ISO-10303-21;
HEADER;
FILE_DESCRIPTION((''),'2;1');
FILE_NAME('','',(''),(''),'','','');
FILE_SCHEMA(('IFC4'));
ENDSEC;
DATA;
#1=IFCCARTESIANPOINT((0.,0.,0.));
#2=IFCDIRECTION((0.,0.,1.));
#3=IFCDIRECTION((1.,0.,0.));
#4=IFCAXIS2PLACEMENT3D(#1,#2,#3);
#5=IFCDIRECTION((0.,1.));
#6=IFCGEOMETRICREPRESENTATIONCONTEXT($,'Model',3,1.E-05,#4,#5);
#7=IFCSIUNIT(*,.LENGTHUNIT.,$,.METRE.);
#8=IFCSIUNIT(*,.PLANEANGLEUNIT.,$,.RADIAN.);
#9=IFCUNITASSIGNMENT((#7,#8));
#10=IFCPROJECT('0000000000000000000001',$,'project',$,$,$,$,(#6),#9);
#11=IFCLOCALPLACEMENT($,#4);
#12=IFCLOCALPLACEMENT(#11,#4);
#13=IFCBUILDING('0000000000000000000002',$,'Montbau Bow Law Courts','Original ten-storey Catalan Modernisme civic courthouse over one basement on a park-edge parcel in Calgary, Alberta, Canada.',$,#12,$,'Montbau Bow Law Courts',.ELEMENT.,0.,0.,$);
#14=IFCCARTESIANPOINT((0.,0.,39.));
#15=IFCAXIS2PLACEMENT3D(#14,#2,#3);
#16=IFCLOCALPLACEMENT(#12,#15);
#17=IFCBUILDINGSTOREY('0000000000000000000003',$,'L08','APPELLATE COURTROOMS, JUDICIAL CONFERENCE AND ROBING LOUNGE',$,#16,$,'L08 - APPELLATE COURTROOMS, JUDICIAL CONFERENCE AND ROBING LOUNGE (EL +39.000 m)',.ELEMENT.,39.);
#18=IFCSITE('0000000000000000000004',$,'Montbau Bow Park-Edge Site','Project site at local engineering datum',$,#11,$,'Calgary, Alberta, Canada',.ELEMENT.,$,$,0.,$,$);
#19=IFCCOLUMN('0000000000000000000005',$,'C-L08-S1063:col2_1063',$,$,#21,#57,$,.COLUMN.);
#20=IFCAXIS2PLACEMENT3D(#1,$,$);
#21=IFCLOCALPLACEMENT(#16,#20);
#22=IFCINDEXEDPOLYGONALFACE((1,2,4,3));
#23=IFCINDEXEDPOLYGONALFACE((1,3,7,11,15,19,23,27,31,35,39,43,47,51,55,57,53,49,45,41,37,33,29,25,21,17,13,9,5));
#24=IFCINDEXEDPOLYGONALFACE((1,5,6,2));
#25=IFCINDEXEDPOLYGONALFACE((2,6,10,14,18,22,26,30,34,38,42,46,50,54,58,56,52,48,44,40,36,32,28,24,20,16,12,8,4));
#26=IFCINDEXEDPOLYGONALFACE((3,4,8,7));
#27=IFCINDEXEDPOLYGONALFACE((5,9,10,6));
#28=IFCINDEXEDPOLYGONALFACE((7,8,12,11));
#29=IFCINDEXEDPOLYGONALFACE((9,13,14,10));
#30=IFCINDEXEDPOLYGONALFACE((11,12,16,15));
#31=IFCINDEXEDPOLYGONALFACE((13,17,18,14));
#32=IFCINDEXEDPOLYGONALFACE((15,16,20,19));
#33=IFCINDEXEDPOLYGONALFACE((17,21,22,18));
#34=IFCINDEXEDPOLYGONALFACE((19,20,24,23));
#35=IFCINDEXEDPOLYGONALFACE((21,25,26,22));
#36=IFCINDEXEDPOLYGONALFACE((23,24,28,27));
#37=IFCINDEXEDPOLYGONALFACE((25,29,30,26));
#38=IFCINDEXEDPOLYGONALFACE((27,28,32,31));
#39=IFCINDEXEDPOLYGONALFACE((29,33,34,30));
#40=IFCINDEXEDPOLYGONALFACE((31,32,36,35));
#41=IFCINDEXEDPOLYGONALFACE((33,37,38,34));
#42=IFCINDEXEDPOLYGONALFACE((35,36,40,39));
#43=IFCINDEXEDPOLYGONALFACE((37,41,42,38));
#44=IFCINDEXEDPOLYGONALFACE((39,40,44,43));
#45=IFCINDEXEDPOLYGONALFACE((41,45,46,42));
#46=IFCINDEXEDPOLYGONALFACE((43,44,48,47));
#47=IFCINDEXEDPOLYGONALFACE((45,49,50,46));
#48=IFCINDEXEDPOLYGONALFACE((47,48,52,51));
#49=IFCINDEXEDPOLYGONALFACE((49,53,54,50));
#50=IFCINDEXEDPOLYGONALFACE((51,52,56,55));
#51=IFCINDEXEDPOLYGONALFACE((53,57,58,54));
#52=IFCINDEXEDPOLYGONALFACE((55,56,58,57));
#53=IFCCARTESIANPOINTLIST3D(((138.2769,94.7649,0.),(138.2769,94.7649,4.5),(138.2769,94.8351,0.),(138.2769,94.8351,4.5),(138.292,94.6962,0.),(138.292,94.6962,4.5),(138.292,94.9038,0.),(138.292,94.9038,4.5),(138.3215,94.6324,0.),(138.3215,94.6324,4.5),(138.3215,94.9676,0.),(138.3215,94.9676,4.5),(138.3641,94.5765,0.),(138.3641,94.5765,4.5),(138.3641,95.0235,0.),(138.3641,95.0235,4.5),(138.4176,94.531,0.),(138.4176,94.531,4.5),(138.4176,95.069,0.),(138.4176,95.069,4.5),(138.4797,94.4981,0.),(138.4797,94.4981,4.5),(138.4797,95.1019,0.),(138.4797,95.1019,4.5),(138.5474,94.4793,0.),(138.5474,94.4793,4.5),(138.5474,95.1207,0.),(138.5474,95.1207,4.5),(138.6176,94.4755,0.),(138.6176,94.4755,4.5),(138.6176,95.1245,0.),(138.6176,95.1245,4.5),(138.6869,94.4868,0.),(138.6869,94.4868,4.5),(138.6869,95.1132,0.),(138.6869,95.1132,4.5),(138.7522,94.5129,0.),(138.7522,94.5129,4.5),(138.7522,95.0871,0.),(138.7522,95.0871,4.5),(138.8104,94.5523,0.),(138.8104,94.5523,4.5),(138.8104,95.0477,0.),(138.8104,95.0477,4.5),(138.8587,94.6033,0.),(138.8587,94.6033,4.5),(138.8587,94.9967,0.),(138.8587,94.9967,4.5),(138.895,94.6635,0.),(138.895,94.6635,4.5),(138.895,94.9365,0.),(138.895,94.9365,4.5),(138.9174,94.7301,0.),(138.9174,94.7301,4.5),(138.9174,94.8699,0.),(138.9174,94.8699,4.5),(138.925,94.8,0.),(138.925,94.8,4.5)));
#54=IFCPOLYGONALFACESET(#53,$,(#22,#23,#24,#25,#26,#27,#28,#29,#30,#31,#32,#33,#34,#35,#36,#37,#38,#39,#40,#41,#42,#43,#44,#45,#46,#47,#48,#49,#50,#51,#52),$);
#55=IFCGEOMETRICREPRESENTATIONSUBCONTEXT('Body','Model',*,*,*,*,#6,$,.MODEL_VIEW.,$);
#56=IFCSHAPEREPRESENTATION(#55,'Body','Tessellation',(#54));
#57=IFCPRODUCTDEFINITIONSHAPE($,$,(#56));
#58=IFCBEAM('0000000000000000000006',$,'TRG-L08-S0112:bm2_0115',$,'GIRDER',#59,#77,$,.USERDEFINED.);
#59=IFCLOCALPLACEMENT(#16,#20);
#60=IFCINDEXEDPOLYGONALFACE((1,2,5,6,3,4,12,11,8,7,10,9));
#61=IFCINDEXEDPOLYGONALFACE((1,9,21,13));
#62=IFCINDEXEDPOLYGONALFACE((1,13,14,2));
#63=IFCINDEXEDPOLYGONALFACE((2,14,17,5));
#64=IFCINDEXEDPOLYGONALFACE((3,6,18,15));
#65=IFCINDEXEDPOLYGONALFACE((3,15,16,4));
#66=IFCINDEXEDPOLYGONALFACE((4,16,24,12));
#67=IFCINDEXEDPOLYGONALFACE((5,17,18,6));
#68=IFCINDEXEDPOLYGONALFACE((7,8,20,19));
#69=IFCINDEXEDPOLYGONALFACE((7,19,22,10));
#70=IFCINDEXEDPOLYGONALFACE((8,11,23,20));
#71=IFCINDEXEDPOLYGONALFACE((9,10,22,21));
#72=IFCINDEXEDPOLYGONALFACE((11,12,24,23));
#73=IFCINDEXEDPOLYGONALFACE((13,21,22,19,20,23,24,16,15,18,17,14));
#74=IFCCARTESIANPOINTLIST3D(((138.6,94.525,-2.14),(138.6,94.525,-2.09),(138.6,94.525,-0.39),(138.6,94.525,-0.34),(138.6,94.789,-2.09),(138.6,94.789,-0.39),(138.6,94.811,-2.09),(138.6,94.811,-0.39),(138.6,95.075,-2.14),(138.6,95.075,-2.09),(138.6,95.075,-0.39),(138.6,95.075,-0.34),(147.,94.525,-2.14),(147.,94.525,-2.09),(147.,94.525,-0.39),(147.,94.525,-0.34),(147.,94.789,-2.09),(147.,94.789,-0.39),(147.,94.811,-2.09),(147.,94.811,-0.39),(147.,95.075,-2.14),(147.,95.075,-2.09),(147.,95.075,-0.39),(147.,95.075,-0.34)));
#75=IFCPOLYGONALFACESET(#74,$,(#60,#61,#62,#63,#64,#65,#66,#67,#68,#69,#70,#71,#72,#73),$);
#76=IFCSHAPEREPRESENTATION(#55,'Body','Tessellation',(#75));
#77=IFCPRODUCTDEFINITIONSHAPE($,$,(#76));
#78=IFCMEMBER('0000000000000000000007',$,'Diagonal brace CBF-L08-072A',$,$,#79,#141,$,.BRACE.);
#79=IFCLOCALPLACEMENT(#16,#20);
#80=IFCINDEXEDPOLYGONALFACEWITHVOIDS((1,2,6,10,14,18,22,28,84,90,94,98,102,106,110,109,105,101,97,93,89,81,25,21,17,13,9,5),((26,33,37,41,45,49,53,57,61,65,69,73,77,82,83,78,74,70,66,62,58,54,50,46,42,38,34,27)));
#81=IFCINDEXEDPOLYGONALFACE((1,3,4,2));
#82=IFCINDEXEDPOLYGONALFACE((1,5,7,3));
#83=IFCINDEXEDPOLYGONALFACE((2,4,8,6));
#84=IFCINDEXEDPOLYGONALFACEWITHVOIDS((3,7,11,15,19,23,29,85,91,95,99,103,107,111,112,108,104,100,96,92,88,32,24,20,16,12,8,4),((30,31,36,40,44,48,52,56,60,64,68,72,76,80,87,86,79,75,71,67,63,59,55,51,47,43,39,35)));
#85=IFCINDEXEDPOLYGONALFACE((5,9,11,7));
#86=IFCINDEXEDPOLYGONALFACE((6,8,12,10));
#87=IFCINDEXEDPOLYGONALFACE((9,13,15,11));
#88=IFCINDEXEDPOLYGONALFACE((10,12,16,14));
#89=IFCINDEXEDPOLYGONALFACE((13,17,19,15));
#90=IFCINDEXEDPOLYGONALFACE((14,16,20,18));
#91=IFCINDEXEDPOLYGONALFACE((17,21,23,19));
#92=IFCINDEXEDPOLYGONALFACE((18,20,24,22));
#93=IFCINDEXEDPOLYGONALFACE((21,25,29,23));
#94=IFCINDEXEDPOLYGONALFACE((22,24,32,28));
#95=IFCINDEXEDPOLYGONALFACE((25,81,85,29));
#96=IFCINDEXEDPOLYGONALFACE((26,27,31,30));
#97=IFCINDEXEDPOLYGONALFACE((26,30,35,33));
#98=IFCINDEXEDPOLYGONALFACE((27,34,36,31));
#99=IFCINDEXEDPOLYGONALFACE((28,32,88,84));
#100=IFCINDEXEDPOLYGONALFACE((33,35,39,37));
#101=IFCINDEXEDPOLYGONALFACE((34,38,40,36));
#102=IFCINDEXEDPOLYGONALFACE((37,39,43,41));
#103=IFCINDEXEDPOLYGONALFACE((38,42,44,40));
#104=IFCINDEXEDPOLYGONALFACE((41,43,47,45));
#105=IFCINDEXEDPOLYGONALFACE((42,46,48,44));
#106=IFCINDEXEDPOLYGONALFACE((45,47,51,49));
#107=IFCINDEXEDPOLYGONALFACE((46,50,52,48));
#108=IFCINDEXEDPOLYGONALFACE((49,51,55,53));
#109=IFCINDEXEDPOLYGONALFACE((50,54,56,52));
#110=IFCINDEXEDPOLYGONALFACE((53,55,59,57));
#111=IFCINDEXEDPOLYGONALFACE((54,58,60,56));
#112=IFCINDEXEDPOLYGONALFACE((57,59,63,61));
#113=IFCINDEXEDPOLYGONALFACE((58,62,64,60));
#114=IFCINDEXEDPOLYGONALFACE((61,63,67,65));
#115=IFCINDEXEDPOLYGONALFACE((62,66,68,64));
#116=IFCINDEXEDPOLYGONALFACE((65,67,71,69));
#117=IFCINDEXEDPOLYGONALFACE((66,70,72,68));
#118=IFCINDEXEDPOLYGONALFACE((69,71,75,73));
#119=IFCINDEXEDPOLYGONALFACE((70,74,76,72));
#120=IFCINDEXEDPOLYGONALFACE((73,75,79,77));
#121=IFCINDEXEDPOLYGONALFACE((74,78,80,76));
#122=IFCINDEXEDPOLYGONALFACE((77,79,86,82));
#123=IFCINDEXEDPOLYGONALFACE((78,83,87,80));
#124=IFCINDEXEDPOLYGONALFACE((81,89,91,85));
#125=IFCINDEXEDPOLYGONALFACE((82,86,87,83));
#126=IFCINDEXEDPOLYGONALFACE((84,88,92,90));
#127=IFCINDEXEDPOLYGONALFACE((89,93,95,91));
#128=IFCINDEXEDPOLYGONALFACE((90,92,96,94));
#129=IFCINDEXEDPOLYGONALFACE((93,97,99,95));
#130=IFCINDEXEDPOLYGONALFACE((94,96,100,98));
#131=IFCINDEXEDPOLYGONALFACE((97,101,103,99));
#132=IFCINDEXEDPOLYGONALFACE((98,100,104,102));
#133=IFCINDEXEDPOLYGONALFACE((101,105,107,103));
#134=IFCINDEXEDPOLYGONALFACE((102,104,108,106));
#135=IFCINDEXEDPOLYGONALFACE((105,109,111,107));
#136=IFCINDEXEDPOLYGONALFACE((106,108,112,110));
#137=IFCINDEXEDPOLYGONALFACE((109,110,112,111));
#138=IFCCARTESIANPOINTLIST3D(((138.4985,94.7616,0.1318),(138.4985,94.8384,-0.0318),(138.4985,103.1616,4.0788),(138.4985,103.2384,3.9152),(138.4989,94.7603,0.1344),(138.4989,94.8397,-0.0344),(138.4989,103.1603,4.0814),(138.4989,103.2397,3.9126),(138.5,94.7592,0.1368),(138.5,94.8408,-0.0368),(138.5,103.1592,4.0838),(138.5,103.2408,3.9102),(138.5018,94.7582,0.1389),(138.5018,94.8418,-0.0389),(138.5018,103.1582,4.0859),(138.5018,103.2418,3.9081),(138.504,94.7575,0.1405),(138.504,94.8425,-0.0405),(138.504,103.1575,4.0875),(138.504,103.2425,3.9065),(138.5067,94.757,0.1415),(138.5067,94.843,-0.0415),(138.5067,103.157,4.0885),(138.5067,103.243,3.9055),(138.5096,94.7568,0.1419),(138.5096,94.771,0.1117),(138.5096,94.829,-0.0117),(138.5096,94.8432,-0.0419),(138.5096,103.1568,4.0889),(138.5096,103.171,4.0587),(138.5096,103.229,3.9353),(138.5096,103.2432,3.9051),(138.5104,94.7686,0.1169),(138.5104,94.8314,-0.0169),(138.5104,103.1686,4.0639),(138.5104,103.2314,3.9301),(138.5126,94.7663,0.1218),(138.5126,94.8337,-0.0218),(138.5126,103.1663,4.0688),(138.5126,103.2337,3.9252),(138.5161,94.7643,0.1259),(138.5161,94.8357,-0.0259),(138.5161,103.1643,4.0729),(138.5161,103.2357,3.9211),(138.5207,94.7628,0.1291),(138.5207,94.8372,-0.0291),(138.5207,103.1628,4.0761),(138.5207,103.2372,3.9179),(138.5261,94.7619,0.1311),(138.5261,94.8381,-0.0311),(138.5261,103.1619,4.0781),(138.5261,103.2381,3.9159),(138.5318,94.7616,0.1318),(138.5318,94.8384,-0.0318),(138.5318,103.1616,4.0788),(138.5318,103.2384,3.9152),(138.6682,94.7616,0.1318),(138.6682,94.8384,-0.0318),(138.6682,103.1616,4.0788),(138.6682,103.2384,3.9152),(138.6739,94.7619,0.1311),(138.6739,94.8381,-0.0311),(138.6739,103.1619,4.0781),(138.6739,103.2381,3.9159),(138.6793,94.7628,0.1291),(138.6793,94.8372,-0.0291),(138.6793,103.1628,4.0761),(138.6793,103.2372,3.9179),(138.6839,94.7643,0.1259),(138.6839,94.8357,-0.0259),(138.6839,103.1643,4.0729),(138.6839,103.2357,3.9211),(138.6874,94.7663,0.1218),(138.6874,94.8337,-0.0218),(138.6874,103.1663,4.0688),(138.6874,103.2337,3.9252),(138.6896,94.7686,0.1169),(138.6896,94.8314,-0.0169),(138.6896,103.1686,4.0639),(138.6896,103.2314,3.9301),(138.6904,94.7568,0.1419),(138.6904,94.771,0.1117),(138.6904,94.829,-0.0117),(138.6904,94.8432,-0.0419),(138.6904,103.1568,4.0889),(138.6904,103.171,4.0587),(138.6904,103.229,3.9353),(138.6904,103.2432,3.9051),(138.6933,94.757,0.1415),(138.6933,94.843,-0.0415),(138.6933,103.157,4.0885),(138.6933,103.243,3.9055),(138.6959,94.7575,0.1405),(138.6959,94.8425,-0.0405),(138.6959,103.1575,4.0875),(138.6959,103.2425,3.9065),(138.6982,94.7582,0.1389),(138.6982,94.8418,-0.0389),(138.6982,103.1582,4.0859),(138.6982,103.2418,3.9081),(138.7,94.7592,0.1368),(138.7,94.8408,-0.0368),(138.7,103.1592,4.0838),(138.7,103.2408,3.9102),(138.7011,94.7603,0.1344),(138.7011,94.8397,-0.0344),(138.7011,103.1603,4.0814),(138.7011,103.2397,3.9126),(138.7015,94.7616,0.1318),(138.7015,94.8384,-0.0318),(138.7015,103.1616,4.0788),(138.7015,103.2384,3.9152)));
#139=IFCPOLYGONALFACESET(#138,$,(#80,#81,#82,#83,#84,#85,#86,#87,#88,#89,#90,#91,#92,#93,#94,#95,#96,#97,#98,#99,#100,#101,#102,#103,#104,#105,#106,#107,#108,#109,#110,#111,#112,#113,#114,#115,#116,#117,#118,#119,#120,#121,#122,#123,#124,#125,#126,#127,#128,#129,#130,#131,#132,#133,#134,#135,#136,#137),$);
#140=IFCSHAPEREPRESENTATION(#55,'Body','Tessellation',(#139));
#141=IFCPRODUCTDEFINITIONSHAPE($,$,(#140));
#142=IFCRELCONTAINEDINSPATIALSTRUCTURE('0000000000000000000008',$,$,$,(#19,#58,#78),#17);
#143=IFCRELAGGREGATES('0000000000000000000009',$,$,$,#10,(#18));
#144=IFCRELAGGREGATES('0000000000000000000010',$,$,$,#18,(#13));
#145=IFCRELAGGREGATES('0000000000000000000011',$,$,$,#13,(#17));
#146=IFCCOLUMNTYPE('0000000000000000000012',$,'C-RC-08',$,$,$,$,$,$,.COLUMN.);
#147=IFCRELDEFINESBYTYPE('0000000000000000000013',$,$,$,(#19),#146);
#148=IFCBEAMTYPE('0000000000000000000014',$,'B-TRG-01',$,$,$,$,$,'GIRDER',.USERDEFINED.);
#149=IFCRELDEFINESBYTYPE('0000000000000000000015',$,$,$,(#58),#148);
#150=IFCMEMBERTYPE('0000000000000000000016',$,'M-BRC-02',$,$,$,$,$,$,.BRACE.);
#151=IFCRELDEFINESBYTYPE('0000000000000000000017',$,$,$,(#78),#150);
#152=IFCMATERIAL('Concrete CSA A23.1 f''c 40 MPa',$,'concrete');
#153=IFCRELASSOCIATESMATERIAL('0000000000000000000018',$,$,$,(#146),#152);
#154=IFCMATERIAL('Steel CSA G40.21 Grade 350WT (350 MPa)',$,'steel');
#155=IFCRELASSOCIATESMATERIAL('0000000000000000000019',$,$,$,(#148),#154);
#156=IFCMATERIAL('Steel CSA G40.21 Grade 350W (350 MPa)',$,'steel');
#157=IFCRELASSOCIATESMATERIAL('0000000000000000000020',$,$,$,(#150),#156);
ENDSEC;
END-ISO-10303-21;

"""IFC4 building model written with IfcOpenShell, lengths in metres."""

from ifc_helpers import new_model, si_unit, direction, frame, origin_with_axes, origin_2d_with_axis, place, context, subcontext, project, spatial, hollow_rectangle, circle, i_section, extrude, material, material_profile, profile_set, type_object, element, save


model = new_model("IFC4")

# Units and contexts
model_context = context("Model", 3, precision=1e-05, world=origin_with_axes(), true_north=direction((0.0, 1.0)))
body_context = subcontext(model_context, "Body", "Model", "MODEL_VIEW")
ifc_project = project(units=[si_unit("LENGTHUNIT", "METRE"), si_unit("PLANEANGLEUNIT", "RADIAN")], contexts=[model_context])

# Site, building, storey
site_placement = place(None, origin_with_axes())
site = spatial("IfcSite", under=ifc_project, at=site_placement, Name="Montbau Bow Park-Edge Site", Description="Project site at local engineering datum", LongName="Calgary, Alberta, Canada", CompositionType="ELEMENT", RefElevation=0.0)
building_placement = place(site_placement, origin_with_axes())
building = spatial("IfcBuilding", under=site, at=building_placement, Name="Montbau Bow Law Courts", Description="Original ten-storey Catalan Modernisme civic courthouse over one basement on a park-edge parcel in Calgary, Alberta, Canada.", LongName="Montbau Bow Law Courts", CompositionType="ELEMENT", ElevationOfRefHeight=0.0, ElevationOfTerrain=0.0)
storey_placement = place(building_placement, frame((0.0, 0.0, 39.0), z_axis=(0.0, 0.0, 1.0), x_axis=(1.0, 0.0, 0.0)))
storey = spatial("IfcBuildingStorey", under=building, at=storey_placement, Name="L08", Description="APPELLATE COURTROOMS, JUDICIAL CONFERENCE AND ROBING LOUNGE", LongName="L08 - APPELLATE COURTROOMS, JUDICIAL CONFERENCE AND ROBING LOUNGE (EL +39.000 m)", CompositionType="ELEMENT", Elevation=39.0)

# Column
ifc_material_1 = material(Name="Concrete CSA A23.1 f'c 40 MPa", Category="concrete")
ifc_material_profile_1 = material_profile(ifc_material_1, circle(Radius=0.325, at=origin_2d_with_axis()), Name="RC650D", Category="Main", Priority=0)
ifc_profile_set_1 = profile_set([ifc_material_profile_1], Name="Concrete CSA A23.1 f'c 40 MPa")
column_type = type_object("IfcColumnType", Name="C-RC-08", PredefinedType="COLUMN", material=ifc_profile_set_1)
column_placement = place(None, frame((138.6, 94.8, 39.0), z_axis=(0.0, 0.0, 1.0), x_axis=(1.0, 0.0, 0.0)))
element("IfcColumn", 1, at=column_placement, inside=storey, type_object=column_type, Name="C-L08-S1063:col2_1063", PredefinedType="COLUMN", context=body_context, shape_type="SweptSolid", body=[
    extrude(circle(Radius=0.325, at=origin_2d_with_axis()), origin_with_axes(), (0.0, 0.0, 1.0), 4.5),
])

# Beam
ifc_material_2 = material(Name="Steel CSA G40.21 Grade 350WT (350 MPa)", Category="steel")
ifc_material_profile_2 = material_profile(ifc_material_2, i_section(OverallWidth=0.55, OverallDepth=1.8, WebThickness=0.022, FlangeThickness=0.05, at=origin_2d_with_axis()), Name="WWF1800X550", Category="Main", Priority=0)
ifc_profile_set_2 = profile_set([ifc_material_profile_2], Name="Steel CSA G40.21 Grade 350WT (350 MPa)")
beam_type = type_object("IfcBeamType", Name="B-TRG-01", ElementType="GIRDER", PredefinedType="USERDEFINED", material=ifc_profile_set_2)
beam_placement = place(None, frame((138.6, 94.8, 37.76), z_axis=(1.0, 0.0, 0.0), x_axis=(0.0, 1.0, 0.0)))
element("IfcBeam", 2, at=beam_placement, inside=storey, type_object=beam_type, Name="TRG-L08-S0112:bm2_0115", ObjectType="GIRDER", PredefinedType="USERDEFINED", context=body_context, shape_type="SweptSolid", body=[
    extrude(i_section(OverallWidth=0.55, OverallDepth=1.8, WebThickness=0.022, FlangeThickness=0.05, at=origin_2d_with_axis()), origin_with_axes(), (0.0, 0.0, 1.0), 8.4),
])

# Member
ifc_material_3 = material(Name="Steel CSA G40.21 Grade 350W (350 MPa)", Category="steel")
ifc_material_profile_3 = material_profile(ifc_material_3, hollow_rectangle(XDim=0.203, YDim=0.203, WallThickness=0.0111, InnerFilletRadius=0.0222, OuterFilletRadius=0.0111, at=origin_2d_with_axis()), Name="HSS203X203X11", Category="Main", Priority=0)
ifc_profile_set_3 = profile_set([ifc_material_profile_3], Name="Steel CSA G40.21 Grade 350W (350 MPa)")
member_type_1 = type_object("IfcMemberType", Name="M-BRC-02", PredefinedType="BRACE", material=ifc_profile_set_3)
member_1_placement = place(None, frame((138.6, 94.8, 39.05), z_axis=(0.0, 0.905065, 0.425273), x_axis=(-1.0, 0.0, 0.0)))
element("IfcMember", 3, at=member_1_placement, inside=storey, type_object=member_type_1, Name="Diagonal brace CBF-L08-072A", PredefinedType="BRACE", context=body_context, shape_type="SweptSolid", body=[
    extrude(hollow_rectangle(XDim=0.203, YDim=0.203, WallThickness=0.0111, InnerFilletRadius=0.0222, OuterFilletRadius=0.0111, at=origin_2d_with_axis()), origin_with_axes(), (0.0, 0.0, 1.0), 9.2811),
])

save(model, "model.ifc")
